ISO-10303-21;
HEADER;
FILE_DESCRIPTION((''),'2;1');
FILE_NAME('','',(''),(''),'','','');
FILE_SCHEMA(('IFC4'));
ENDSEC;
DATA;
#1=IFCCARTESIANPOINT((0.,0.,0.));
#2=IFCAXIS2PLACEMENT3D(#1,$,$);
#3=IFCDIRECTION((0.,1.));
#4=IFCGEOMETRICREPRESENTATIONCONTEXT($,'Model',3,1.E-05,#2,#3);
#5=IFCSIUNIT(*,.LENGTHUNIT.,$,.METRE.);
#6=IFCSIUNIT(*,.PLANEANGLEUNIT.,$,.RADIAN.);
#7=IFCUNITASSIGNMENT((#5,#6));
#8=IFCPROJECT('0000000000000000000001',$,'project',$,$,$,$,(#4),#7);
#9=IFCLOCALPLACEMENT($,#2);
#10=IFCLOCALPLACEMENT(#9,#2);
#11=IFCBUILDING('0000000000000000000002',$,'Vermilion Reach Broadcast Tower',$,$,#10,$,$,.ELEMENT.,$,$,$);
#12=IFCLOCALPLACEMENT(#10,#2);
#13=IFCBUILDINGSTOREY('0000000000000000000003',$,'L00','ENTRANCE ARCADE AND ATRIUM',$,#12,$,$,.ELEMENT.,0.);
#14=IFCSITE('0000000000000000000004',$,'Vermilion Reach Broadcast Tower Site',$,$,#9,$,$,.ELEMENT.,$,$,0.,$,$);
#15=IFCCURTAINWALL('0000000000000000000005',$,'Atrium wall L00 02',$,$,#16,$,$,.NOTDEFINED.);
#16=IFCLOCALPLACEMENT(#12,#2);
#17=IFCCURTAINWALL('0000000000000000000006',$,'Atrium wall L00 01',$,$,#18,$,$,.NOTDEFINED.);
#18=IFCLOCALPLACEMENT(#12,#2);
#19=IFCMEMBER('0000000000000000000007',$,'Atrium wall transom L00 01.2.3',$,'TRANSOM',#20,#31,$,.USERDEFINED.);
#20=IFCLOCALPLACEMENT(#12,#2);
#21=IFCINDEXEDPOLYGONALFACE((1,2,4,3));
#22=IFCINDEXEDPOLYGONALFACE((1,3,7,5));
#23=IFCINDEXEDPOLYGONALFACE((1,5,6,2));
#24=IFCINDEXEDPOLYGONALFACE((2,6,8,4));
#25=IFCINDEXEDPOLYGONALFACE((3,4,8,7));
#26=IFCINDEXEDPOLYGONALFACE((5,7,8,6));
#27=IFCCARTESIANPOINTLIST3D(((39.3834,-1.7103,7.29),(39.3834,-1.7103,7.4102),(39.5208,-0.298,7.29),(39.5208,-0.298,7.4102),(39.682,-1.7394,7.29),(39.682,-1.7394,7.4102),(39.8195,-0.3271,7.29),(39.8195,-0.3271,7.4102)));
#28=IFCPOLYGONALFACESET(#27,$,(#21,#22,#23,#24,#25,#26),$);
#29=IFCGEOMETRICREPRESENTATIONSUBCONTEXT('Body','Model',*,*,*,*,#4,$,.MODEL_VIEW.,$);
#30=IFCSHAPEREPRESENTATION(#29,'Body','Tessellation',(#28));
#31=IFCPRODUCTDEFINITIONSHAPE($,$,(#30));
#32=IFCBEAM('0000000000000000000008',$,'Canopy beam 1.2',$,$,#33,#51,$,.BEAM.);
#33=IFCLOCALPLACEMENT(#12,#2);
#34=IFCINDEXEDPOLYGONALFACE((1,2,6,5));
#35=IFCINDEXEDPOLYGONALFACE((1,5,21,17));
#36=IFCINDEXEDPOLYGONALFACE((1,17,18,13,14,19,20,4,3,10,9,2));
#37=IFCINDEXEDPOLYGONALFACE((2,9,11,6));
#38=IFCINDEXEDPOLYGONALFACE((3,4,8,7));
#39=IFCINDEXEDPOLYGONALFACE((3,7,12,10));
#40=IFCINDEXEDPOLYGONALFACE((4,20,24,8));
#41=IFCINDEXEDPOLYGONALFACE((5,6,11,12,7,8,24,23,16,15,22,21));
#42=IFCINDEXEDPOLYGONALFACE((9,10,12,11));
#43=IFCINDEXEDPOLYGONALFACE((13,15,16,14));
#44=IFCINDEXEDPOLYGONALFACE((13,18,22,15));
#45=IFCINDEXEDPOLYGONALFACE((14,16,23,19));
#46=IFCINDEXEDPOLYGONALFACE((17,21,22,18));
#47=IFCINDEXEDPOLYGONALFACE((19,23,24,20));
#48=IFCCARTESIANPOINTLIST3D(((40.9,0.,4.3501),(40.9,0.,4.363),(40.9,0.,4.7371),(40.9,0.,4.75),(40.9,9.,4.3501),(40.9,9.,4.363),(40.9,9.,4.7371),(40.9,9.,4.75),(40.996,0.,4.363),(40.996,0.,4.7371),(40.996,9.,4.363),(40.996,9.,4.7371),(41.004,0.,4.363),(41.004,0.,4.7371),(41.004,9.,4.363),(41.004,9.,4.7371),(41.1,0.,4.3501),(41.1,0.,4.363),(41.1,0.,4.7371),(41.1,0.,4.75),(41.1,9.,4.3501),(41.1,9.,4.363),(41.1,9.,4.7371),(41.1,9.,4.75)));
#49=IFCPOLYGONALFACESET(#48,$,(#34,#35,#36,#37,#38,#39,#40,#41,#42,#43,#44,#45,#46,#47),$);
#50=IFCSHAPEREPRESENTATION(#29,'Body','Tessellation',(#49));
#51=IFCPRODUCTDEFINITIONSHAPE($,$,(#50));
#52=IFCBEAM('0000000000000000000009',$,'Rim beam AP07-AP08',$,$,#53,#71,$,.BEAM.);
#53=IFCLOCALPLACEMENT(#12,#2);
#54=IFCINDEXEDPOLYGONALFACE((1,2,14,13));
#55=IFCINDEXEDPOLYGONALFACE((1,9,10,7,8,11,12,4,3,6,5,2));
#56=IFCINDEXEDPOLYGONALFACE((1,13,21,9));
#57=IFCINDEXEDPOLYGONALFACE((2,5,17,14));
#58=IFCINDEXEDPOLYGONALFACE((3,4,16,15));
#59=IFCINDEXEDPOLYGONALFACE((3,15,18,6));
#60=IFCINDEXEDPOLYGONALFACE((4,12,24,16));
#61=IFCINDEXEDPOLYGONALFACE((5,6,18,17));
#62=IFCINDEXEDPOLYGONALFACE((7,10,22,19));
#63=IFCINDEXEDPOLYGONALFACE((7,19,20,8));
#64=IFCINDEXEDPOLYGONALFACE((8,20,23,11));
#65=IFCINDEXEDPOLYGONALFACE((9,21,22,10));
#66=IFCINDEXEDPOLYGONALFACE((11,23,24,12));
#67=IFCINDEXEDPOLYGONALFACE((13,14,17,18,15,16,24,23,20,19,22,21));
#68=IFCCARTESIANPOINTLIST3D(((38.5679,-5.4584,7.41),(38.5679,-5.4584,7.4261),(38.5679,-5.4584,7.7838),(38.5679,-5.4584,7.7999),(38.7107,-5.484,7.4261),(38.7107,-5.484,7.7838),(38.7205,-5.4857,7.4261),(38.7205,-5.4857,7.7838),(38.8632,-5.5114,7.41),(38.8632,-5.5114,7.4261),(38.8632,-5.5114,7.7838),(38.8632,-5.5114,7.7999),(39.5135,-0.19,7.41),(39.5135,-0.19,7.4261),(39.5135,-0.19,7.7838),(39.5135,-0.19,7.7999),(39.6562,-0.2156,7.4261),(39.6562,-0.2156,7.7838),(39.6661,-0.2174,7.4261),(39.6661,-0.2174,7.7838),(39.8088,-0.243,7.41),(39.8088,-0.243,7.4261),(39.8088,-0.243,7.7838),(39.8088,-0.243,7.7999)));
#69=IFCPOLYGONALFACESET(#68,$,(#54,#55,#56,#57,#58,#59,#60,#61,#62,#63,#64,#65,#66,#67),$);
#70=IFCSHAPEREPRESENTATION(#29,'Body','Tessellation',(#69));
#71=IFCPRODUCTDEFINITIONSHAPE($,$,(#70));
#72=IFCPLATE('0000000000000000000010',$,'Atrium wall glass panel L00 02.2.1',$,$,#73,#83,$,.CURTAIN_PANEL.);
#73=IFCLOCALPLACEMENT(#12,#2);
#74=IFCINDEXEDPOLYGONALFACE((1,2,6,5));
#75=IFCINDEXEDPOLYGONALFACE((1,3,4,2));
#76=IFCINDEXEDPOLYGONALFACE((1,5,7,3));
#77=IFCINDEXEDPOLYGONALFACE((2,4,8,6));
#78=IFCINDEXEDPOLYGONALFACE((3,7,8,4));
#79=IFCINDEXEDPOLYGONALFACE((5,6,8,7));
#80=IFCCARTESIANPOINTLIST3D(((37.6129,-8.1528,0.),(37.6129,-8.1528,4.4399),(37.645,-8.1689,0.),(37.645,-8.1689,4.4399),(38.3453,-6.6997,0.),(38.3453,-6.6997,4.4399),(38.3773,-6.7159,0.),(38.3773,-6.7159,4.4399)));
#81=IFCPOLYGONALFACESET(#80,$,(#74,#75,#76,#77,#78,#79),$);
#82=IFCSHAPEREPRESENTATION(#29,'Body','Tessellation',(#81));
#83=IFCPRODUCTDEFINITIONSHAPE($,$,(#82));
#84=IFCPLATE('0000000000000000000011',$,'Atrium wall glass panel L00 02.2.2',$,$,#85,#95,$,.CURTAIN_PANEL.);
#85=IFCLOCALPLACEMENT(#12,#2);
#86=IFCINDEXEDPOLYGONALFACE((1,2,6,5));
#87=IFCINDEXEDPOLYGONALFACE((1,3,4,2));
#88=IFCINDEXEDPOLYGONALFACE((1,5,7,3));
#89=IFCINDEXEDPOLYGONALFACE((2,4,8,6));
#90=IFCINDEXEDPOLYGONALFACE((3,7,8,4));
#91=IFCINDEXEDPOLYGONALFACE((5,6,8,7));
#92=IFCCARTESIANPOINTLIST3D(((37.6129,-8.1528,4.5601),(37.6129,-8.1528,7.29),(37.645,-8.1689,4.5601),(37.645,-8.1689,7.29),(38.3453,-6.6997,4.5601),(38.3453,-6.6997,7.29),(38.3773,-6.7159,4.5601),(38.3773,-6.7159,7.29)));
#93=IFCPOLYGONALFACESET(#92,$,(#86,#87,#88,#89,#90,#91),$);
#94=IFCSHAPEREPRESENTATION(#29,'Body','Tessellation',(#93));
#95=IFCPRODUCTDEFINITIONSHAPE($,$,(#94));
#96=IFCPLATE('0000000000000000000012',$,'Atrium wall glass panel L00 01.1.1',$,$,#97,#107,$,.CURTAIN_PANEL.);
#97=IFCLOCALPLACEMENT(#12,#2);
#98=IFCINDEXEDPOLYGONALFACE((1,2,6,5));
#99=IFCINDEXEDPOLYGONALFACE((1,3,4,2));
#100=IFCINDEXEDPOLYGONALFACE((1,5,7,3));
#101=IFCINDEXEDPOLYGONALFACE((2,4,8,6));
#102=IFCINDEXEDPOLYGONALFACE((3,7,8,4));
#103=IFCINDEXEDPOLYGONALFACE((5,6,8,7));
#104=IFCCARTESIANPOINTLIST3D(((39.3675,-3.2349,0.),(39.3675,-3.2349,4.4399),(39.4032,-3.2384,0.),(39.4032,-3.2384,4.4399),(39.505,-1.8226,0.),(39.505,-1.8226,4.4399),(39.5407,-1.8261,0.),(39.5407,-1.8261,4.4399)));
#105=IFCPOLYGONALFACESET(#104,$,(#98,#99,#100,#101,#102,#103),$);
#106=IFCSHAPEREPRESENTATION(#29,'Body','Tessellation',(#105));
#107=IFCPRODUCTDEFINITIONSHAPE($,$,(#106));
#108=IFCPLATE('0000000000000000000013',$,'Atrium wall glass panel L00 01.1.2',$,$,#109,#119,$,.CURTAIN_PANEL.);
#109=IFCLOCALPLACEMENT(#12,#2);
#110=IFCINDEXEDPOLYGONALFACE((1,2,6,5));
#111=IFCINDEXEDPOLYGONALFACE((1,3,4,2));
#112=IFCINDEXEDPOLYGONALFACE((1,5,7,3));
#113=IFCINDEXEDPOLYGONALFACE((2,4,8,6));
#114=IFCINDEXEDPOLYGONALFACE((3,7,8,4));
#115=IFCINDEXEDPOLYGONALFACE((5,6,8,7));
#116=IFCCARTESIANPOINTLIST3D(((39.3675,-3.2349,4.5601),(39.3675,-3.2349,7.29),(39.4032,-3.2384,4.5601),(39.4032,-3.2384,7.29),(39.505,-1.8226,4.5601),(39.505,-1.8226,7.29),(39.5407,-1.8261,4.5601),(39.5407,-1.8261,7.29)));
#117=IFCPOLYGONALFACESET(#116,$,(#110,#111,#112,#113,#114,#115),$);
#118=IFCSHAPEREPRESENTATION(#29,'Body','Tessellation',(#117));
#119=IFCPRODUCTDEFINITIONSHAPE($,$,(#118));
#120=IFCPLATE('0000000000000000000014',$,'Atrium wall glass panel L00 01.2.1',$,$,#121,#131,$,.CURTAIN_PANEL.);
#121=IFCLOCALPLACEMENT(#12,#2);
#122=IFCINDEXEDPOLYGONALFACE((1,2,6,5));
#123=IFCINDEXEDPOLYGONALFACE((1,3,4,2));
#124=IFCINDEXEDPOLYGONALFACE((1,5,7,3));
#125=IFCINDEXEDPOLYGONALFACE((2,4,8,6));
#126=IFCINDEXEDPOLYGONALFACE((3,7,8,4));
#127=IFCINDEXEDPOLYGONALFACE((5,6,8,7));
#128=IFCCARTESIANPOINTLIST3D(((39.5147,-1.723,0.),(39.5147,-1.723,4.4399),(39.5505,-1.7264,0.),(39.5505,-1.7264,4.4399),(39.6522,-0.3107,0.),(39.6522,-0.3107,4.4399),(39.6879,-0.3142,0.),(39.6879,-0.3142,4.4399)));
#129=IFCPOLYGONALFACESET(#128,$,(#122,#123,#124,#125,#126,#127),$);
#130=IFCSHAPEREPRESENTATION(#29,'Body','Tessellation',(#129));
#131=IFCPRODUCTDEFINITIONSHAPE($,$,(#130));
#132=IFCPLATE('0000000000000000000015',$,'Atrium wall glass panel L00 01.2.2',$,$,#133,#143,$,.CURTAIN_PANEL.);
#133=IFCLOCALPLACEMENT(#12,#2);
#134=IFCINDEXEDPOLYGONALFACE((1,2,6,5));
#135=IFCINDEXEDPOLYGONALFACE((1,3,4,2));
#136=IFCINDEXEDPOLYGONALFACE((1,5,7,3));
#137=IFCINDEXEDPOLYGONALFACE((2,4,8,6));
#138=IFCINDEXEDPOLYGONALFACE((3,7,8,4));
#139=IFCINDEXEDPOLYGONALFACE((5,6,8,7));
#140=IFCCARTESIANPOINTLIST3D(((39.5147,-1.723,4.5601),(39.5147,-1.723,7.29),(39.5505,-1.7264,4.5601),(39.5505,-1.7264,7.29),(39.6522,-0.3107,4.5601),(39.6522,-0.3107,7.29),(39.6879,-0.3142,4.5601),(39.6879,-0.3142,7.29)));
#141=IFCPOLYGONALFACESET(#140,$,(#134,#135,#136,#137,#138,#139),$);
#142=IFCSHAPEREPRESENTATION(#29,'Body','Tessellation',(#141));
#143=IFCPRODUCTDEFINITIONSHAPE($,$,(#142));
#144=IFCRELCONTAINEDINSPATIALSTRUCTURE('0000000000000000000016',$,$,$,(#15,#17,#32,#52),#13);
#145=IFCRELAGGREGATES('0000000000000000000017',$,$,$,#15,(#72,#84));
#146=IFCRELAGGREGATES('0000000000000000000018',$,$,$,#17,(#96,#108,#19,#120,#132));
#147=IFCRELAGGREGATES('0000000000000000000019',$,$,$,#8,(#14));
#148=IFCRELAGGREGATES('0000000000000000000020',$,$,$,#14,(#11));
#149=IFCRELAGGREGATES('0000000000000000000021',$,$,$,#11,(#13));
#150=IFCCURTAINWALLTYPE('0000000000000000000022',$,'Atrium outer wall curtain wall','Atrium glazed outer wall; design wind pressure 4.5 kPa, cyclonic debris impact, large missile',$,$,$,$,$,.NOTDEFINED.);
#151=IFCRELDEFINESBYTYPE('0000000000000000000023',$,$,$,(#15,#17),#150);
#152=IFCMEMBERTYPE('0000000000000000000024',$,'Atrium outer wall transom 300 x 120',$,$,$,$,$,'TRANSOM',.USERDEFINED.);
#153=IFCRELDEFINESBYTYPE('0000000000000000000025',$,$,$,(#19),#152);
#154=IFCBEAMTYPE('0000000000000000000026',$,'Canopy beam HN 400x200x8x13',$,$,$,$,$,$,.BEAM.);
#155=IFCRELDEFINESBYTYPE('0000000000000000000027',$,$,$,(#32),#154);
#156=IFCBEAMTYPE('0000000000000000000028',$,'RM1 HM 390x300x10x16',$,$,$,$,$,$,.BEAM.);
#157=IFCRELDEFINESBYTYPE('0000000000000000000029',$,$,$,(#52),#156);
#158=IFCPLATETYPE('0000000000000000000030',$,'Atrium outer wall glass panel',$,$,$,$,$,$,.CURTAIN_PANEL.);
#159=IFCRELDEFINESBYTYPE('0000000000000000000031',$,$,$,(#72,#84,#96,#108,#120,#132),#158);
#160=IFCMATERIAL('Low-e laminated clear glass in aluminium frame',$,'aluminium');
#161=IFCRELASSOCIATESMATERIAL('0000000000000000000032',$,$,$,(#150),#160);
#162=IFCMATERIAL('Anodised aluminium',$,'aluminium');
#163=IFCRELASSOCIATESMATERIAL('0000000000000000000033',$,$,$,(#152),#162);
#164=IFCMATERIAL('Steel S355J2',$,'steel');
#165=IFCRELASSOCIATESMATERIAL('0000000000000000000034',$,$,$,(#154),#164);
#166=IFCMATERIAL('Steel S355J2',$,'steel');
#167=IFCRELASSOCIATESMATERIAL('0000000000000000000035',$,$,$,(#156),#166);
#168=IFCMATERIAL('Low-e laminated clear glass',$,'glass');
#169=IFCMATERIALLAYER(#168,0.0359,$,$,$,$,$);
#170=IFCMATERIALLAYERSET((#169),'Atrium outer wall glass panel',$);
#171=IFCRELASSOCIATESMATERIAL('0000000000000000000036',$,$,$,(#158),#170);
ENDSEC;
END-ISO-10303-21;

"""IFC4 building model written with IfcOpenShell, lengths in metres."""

from ifc_helpers import new_model, si_unit, direction, frame, origin, origin_2d, place, context, subcontext, project, spatial, rectangle, i_section, extrude, material, layer, layer_set, material_profile, profile_set, type_object, element, aggregate, save


model = new_model("IFC4")

# Units and contexts
model_context = context("Model", 3, precision=1e-05, world=origin(), true_north=direction((0.0, 1.0)))
body_context = subcontext(model_context, "Body", "Model", "MODEL_VIEW")
ifc_project = project(units=[si_unit("LENGTHUNIT", "METRE"), si_unit("PLANEANGLEUNIT", "RADIAN")], contexts=[model_context])

# Site, building, storey
site_placement = place(None, origin())
site = spatial("IfcSite", under=ifc_project, at=site_placement, Name="Vermilion Reach Broadcast Tower Site", CompositionType="ELEMENT", RefElevation=0.0)
building_placement = place(site_placement, origin())
building = spatial("IfcBuilding", under=site, at=building_placement, Name="Vermilion Reach Broadcast Tower", CompositionType="ELEMENT")
storey_placement = place(building_placement, origin())
storey = spatial("IfcBuildingStorey", under=building, at=storey_placement, Name="L00", Description="ENTRANCE ARCADE AND ATRIUM", CompositionType="ELEMENT", Elevation=0.0)

# Curtain walls
ifc_material_1 = material(Name="Low-e laminated clear glass in aluminium frame", Category="aluminium")
curtain_wall_type = type_object("IfcCurtainWallType", Name="Atrium outer wall curtain wall", Description="Atrium glazed outer wall; design wind pressure 4.5 kPa, cyclonic debris impact, large missile", PredefinedType="NOTDEFINED", material=ifc_material_1)
placement = place(storey_placement, origin())
curtain_wall_1 = element("IfcCurtainWall", 1, at=placement, inside=storey, type_object=curtain_wall_type, Name="Atrium wall L00 02", PredefinedType="NOTDEFINED")
curtain_wall_2 = element("IfcCurtainWall", 2, at=placement, inside=storey, type_object=curtain_wall_type, Name="Atrium wall L00 01", PredefinedType="NOTDEFINED")

# Member
ifc_material_2 = material(Name="Anodised aluminium", Category="aluminium")
ifc_material_profile_1 = material_profile(ifc_material_2, rectangle(XDim=0.3, YDim=0.1201, at=origin_2d()), Name="Atrium outer wall transom 300 x 120")
ifc_profile_set_1 = profile_set([ifc_material_profile_1], Name="Anodised aluminium")
member_type_1 = type_object("IfcMemberType", Name="Atrium outer wall transom 300 x 120", ElementType="TRANSOM", PredefinedType="USERDEFINED", material=ifc_profile_set_1)
member_1_placement = place(storey_placement, frame((39.5327, -1.7249, 7.3501), z_axis=(0.096863, 0.995298, 0.0), x_axis=(-0.995298, 0.096863, 0.0)))
member_1 = element("IfcMember", 3, at=member_1_placement, type_object=member_type_1, Name="Atrium wall transom L00 01.2.3", ObjectType="TRANSOM", PredefinedType="USERDEFINED", context=body_context, shape_type="SweptSolid", body=[
    extrude(rectangle(XDim=0.3, YDim=0.1201, at=origin_2d()), origin(), (0.0, 0.0, 1.0), 1.4189),
])

# Beams
ifc_material_3 = material(Name="Steel S355J2", Category="steel")
ifc_material_profile_2 = material_profile(ifc_material_3, i_section(OverallWidth=0.2, OverallDepth=0.3999, WebThickness=0.0081, FlangeThickness=0.0129, at=origin_2d()), Name="S355J2 HN 400x200x8x13")
ifc_profile_set_2 = profile_set([ifc_material_profile_2], Name="Steel S355J2")
beam_type_1 = type_object("IfcBeamType", Name="Canopy beam HN 400x200x8x13", PredefinedType="BEAM", material=ifc_profile_set_2)
beam_1_placement = place(storey_placement, frame((41.0, 0.0, 4.55), z_axis=(0.0, 1.0, 0.0), x_axis=(-1.0, 0.0, 0.0)))
element("IfcBeam", 4, at=beam_1_placement, inside=storey, type_object=beam_type_1, Name="Canopy beam 1.2", PredefinedType="BEAM", context=body_context, shape_type="SweptSolid", body=[
    extrude(i_section(OverallWidth=0.2, OverallDepth=0.3999, WebThickness=0.0081, FlangeThickness=0.0129, at=origin_2d()), origin(), (0.0, 0.0, 1.0), 9.0),
])
ifc_material_4 = material(Name="Steel S355J2", Category="steel")
ifc_material_profile_3 = material_profile(ifc_material_4, i_section(OverallWidth=0.3, OverallDepth=0.3899, WebThickness=0.01, FlangeThickness=0.0161, at=origin_2d()), Name="S355J2 HM 390x300x10x16")
ifc_profile_set_3 = profile_set([ifc_material_profile_3], Name="Steel S355J2")
beam_type_2 = type_object("IfcBeamType", Name="RM1 HM 390x300x10x16", PredefinedType="BEAM", material=ifc_profile_set_3)
beam_2_placement = place(storey_placement, frame((38.7156, -5.4849, 7.605), z_axis=(0.176657, 0.984272, 0.0), x_axis=(-0.984272, 0.176657, 0.0)))
element("IfcBeam", 5, at=beam_2_placement, inside=storey, type_object=beam_type_2, Name="Rim beam AP07-AP08", PredefinedType="BEAM", context=body_context, shape_type="SweptSolid", body=[
    extrude(i_section(OverallWidth=0.3, OverallDepth=0.3899, WebThickness=0.01, FlangeThickness=0.0161, at=origin_2d()), origin(), (0.0, 0.0, 1.0), 5.3525),
])

# Plates
ifc_material_5 = material(Name="Low-e laminated clear glass", Category="glass")
ifc_layer_1 = layer(ifc_material_5, 0.0359)
ifc_layer_set_1 = layer_set([ifc_layer_1], Name="Atrium outer wall glass panel")
plate_type = type_object("IfcPlateType", Name="Atrium outer wall glass panel", PredefinedType="CURTAIN_PANEL", material=ifc_layer_set_1)
plate_1_placement = place(storey_placement, frame((37.9951, -7.4343, 0.0), z_axis=(0.0, 0.0, 1.0), x_axis=(0.450072, 0.892992, 0.0)))
plate_1 = element("IfcPlate", 6, at=plate_1_placement, type_object=plate_type, Name="Atrium wall glass panel L00 02.2.1", PredefinedType="CURTAIN_PANEL", context=body_context, shape_type="SweptSolid", body=[
    extrude(rectangle(XDim=1.6272, YDim=0.0359, at=origin_2d()), origin(), (0.0, 0.0, 1.0), 4.4399),
])
plate_2_placement = place(storey_placement, frame((37.9951, -7.4343, 4.5601), z_axis=(0.0, 0.0, 1.0), x_axis=(0.450072, 0.892992, 0.0)))
plate_2 = element("IfcPlate", 7, at=plate_2_placement, type_object=plate_type, Name="Atrium wall glass panel L00 02.2.2", PredefinedType="CURTAIN_PANEL", context=body_context, shape_type="SweptSolid", body=[
    extrude(rectangle(XDim=1.6272, YDim=0.0359, at=origin_2d()), origin(), (0.0, 0.0, 1.0), 2.73),
])
aggregate(curtain_wall_1, [plate_1, plate_2])
plate_3_placement = place(storey_placement, frame((39.4541, -2.5305, 0.0), z_axis=(0.0, 0.0, 1.0), x_axis=(0.096861, 0.995298, 0.0)))
plate_3 = element("IfcPlate", 8, at=plate_3_placement, type_object=plate_type, Name="Atrium wall glass panel L00 01.1.1", PredefinedType="CURTAIN_PANEL", context=body_context, shape_type="SweptSolid", body=[
    extrude(rectangle(XDim=1.4189, YDim=0.0359, at=origin_2d()), origin(), (0.0, 0.0, 1.0), 4.4399),
])
plate_4_placement = place(storey_placement, frame((39.4541, -2.5305, 4.5601), z_axis=(0.0, 0.0, 1.0), x_axis=(0.096861, 0.995298, 0.0)))
plate_4 = element("IfcPlate", 9, at=plate_4_placement, type_object=plate_type, Name="Atrium wall glass panel L00 01.1.2", PredefinedType="CURTAIN_PANEL", context=body_context, shape_type="SweptSolid", body=[
    extrude(rectangle(XDim=1.4189, YDim=0.0359, at=origin_2d()), origin(), (0.0, 0.0, 1.0), 2.73),
])
plate_5_placement = place(storey_placement, frame((39.6013, -1.0186, 0.0), z_axis=(0.0, 0.0, 1.0), x_axis=(0.096861, 0.995298, 0.0)))
plate_5 = element("IfcPlate", 10, at=plate_5_placement, type_object=plate_type, Name="Atrium wall glass panel L00 01.2.1", PredefinedType="CURTAIN_PANEL", context=body_context, shape_type="SweptSolid", body=[
    extrude(rectangle(XDim=1.4189, YDim=0.0359, at=origin_2d()), origin(), (0.0, 0.0, 1.0), 4.4399),
])
plate_6_placement = place(storey_placement, frame((39.6013, -1.0186, 4.5601), z_axis=(0.0, 0.0, 1.0), x_axis=(0.096861, 0.995298, 0.0)))
plate_6 = element("IfcPlate", 11, at=plate_6_placement, type_object=plate_type, Name="Atrium wall glass panel L00 01.2.2", PredefinedType="CURTAIN_PANEL", context=body_context, shape_type="SweptSolid", body=[
    extrude(rectangle(XDim=1.4189, YDim=0.0359, at=origin_2d()), origin(), (0.0, 0.0, 1.0), 2.73),
])
aggregate(curtain_wall_2, [plate_3, plate_4, member_1, plate_5, plate_6])

save(model, "model.ifc")
